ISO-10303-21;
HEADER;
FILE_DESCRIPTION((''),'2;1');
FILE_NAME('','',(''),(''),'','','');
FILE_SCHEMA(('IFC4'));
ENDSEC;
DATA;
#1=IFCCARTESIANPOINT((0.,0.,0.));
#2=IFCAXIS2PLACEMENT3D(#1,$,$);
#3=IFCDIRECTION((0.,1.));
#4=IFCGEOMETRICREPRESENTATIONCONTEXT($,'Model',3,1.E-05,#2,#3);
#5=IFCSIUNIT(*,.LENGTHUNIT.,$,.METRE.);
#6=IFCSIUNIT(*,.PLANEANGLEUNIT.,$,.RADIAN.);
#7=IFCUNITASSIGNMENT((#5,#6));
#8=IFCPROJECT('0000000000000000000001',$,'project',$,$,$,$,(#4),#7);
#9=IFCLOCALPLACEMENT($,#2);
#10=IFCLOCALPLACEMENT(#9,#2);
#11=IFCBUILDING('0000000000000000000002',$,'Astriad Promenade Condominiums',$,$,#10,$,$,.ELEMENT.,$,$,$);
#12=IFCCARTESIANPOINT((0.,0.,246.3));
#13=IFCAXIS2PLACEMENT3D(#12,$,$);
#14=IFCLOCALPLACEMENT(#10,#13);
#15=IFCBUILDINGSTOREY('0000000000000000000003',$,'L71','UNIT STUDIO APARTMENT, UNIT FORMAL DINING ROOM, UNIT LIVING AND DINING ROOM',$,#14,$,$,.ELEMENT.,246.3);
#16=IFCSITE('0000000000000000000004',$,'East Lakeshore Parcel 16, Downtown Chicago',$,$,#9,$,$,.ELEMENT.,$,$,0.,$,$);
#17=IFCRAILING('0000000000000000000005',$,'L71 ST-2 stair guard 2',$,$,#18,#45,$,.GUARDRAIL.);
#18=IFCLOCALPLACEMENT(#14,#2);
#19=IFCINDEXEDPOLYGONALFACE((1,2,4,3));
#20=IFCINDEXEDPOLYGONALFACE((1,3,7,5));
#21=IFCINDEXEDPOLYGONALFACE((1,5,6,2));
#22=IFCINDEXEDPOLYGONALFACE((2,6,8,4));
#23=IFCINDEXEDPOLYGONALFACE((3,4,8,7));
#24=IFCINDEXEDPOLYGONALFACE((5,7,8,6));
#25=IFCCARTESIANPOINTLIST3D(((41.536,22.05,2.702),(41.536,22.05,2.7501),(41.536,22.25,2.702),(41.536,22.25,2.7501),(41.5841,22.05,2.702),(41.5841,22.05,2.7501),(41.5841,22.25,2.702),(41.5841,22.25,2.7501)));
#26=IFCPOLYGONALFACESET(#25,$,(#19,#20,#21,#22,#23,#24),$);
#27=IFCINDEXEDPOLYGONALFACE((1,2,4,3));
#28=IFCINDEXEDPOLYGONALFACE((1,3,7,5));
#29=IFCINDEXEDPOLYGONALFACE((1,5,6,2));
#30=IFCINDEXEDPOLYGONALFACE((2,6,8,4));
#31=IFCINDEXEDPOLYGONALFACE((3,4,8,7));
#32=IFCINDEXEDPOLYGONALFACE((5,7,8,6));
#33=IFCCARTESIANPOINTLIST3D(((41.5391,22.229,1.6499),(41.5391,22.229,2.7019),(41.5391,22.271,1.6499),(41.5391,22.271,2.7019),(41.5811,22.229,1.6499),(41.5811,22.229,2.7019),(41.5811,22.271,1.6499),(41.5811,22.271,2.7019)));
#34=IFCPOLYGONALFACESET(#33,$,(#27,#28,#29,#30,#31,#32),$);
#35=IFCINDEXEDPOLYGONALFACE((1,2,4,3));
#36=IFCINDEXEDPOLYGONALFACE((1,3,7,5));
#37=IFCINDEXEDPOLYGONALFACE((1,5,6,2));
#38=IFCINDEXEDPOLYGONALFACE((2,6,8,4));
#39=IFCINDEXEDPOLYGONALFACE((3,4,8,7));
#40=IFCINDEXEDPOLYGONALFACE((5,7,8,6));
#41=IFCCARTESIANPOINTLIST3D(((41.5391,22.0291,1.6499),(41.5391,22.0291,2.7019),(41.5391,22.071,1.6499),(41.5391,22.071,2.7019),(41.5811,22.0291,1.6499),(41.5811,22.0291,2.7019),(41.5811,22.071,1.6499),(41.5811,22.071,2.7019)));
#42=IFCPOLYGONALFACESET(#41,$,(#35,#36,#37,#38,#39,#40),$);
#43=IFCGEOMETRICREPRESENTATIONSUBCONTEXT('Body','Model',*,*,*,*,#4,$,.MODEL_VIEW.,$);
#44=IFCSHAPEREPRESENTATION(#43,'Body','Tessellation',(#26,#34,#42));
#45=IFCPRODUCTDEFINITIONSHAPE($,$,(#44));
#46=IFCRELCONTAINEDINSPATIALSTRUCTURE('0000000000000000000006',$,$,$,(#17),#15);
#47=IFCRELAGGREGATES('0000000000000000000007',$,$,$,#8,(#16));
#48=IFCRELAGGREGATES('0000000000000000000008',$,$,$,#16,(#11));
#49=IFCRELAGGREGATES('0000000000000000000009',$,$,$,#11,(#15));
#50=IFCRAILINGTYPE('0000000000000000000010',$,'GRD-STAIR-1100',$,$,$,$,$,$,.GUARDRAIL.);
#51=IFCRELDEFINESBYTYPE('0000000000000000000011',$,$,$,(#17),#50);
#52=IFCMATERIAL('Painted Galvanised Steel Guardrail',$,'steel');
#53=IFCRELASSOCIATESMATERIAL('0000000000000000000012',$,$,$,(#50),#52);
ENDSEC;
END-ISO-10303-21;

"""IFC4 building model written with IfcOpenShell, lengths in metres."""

from ifc_helpers import new_model, si_unit, direction, frame, origin, origin_2d, place, context, subcontext, project, spatial, rectangle, extrude, source, transform, mapped, material, type_object, element, save


model = new_model("IFC4")

# Units and contexts
model_context = context("Model", 3, precision=1e-05, world=origin(), true_north=direction((0.0, 1.0)))
body_context = subcontext(model_context, "Body", "Model", "MODEL_VIEW")
ifc_project = project(units=[si_unit("LENGTHUNIT", "METRE"), si_unit("PLANEANGLEUNIT", "RADIAN")], contexts=[model_context])

# Site, building, storey
site_placement = place(None, origin())
site = spatial("IfcSite", under=ifc_project, at=site_placement, Name="East Lakeshore Parcel 16, Downtown Chicago", CompositionType="ELEMENT", RefElevation=0.0)
building_placement = place(site_placement, origin())
building = spatial("IfcBuilding", under=site, at=building_placement, Name="Astriad Promenade Condominiums", CompositionType="ELEMENT")
storey_placement = place(building_placement, frame((0.0, 0.0, 246.3)))
storey = spatial("IfcBuildingStorey", under=building, at=storey_placement, Name="L71", Description="UNIT STUDIO APARTMENT, UNIT FORMAL DINING ROOM, UNIT LIVING AND DINING ROOM", CompositionType="ELEMENT", Elevation=246.3)

# Railing
ifc_material_1 = material(Name="Painted Galvanised Steel Guardrail", Category="steel")
railing_type_1 = type_object("IfcRailingType", Name="GRD-STAIR-1100", PredefinedType="GUARDRAIL", material=ifc_material_1)
shared_shape_1 = source(origin(), body_context, "Body", "SweptSolid", [
    extrude(rectangle(XDim=0.0481, YDim=0.0481, at=origin_2d()), frame((0.0, 0.0, 1.0762), z_axis=(0.0, -1.0, 0.0), x_axis=(1.0, 0.0, 0.0)), (0.0, 0.0, 1.0), 0.2),
    extrude(rectangle(XDim=0.042, YDim=0.042, at=origin_2d()), origin(), (0.0, 0.0, 1.0), 1.052),
    extrude(rectangle(XDim=0.042, YDim=0.042, at=origin_2d()), frame((0.0, -0.2, 0.0)), (0.0, 0.0, 1.0), 1.052),
])
railing_1_placement = place(storey_placement, frame((41.5601, 22.25, 1.6499)))
element("IfcRailing", 1, at=railing_1_placement, inside=storey, type_object=railing_type_1, Name="L71 ST-2 stair guard 2", PredefinedType="GUARDRAIL", context=body_context, shape_type="MappedRepresentation", body=[
    mapped(shared_shape_1, transform((0.0, 0.0, 0.0), scale=1.0)),
])

save(model, "model.ifc")
